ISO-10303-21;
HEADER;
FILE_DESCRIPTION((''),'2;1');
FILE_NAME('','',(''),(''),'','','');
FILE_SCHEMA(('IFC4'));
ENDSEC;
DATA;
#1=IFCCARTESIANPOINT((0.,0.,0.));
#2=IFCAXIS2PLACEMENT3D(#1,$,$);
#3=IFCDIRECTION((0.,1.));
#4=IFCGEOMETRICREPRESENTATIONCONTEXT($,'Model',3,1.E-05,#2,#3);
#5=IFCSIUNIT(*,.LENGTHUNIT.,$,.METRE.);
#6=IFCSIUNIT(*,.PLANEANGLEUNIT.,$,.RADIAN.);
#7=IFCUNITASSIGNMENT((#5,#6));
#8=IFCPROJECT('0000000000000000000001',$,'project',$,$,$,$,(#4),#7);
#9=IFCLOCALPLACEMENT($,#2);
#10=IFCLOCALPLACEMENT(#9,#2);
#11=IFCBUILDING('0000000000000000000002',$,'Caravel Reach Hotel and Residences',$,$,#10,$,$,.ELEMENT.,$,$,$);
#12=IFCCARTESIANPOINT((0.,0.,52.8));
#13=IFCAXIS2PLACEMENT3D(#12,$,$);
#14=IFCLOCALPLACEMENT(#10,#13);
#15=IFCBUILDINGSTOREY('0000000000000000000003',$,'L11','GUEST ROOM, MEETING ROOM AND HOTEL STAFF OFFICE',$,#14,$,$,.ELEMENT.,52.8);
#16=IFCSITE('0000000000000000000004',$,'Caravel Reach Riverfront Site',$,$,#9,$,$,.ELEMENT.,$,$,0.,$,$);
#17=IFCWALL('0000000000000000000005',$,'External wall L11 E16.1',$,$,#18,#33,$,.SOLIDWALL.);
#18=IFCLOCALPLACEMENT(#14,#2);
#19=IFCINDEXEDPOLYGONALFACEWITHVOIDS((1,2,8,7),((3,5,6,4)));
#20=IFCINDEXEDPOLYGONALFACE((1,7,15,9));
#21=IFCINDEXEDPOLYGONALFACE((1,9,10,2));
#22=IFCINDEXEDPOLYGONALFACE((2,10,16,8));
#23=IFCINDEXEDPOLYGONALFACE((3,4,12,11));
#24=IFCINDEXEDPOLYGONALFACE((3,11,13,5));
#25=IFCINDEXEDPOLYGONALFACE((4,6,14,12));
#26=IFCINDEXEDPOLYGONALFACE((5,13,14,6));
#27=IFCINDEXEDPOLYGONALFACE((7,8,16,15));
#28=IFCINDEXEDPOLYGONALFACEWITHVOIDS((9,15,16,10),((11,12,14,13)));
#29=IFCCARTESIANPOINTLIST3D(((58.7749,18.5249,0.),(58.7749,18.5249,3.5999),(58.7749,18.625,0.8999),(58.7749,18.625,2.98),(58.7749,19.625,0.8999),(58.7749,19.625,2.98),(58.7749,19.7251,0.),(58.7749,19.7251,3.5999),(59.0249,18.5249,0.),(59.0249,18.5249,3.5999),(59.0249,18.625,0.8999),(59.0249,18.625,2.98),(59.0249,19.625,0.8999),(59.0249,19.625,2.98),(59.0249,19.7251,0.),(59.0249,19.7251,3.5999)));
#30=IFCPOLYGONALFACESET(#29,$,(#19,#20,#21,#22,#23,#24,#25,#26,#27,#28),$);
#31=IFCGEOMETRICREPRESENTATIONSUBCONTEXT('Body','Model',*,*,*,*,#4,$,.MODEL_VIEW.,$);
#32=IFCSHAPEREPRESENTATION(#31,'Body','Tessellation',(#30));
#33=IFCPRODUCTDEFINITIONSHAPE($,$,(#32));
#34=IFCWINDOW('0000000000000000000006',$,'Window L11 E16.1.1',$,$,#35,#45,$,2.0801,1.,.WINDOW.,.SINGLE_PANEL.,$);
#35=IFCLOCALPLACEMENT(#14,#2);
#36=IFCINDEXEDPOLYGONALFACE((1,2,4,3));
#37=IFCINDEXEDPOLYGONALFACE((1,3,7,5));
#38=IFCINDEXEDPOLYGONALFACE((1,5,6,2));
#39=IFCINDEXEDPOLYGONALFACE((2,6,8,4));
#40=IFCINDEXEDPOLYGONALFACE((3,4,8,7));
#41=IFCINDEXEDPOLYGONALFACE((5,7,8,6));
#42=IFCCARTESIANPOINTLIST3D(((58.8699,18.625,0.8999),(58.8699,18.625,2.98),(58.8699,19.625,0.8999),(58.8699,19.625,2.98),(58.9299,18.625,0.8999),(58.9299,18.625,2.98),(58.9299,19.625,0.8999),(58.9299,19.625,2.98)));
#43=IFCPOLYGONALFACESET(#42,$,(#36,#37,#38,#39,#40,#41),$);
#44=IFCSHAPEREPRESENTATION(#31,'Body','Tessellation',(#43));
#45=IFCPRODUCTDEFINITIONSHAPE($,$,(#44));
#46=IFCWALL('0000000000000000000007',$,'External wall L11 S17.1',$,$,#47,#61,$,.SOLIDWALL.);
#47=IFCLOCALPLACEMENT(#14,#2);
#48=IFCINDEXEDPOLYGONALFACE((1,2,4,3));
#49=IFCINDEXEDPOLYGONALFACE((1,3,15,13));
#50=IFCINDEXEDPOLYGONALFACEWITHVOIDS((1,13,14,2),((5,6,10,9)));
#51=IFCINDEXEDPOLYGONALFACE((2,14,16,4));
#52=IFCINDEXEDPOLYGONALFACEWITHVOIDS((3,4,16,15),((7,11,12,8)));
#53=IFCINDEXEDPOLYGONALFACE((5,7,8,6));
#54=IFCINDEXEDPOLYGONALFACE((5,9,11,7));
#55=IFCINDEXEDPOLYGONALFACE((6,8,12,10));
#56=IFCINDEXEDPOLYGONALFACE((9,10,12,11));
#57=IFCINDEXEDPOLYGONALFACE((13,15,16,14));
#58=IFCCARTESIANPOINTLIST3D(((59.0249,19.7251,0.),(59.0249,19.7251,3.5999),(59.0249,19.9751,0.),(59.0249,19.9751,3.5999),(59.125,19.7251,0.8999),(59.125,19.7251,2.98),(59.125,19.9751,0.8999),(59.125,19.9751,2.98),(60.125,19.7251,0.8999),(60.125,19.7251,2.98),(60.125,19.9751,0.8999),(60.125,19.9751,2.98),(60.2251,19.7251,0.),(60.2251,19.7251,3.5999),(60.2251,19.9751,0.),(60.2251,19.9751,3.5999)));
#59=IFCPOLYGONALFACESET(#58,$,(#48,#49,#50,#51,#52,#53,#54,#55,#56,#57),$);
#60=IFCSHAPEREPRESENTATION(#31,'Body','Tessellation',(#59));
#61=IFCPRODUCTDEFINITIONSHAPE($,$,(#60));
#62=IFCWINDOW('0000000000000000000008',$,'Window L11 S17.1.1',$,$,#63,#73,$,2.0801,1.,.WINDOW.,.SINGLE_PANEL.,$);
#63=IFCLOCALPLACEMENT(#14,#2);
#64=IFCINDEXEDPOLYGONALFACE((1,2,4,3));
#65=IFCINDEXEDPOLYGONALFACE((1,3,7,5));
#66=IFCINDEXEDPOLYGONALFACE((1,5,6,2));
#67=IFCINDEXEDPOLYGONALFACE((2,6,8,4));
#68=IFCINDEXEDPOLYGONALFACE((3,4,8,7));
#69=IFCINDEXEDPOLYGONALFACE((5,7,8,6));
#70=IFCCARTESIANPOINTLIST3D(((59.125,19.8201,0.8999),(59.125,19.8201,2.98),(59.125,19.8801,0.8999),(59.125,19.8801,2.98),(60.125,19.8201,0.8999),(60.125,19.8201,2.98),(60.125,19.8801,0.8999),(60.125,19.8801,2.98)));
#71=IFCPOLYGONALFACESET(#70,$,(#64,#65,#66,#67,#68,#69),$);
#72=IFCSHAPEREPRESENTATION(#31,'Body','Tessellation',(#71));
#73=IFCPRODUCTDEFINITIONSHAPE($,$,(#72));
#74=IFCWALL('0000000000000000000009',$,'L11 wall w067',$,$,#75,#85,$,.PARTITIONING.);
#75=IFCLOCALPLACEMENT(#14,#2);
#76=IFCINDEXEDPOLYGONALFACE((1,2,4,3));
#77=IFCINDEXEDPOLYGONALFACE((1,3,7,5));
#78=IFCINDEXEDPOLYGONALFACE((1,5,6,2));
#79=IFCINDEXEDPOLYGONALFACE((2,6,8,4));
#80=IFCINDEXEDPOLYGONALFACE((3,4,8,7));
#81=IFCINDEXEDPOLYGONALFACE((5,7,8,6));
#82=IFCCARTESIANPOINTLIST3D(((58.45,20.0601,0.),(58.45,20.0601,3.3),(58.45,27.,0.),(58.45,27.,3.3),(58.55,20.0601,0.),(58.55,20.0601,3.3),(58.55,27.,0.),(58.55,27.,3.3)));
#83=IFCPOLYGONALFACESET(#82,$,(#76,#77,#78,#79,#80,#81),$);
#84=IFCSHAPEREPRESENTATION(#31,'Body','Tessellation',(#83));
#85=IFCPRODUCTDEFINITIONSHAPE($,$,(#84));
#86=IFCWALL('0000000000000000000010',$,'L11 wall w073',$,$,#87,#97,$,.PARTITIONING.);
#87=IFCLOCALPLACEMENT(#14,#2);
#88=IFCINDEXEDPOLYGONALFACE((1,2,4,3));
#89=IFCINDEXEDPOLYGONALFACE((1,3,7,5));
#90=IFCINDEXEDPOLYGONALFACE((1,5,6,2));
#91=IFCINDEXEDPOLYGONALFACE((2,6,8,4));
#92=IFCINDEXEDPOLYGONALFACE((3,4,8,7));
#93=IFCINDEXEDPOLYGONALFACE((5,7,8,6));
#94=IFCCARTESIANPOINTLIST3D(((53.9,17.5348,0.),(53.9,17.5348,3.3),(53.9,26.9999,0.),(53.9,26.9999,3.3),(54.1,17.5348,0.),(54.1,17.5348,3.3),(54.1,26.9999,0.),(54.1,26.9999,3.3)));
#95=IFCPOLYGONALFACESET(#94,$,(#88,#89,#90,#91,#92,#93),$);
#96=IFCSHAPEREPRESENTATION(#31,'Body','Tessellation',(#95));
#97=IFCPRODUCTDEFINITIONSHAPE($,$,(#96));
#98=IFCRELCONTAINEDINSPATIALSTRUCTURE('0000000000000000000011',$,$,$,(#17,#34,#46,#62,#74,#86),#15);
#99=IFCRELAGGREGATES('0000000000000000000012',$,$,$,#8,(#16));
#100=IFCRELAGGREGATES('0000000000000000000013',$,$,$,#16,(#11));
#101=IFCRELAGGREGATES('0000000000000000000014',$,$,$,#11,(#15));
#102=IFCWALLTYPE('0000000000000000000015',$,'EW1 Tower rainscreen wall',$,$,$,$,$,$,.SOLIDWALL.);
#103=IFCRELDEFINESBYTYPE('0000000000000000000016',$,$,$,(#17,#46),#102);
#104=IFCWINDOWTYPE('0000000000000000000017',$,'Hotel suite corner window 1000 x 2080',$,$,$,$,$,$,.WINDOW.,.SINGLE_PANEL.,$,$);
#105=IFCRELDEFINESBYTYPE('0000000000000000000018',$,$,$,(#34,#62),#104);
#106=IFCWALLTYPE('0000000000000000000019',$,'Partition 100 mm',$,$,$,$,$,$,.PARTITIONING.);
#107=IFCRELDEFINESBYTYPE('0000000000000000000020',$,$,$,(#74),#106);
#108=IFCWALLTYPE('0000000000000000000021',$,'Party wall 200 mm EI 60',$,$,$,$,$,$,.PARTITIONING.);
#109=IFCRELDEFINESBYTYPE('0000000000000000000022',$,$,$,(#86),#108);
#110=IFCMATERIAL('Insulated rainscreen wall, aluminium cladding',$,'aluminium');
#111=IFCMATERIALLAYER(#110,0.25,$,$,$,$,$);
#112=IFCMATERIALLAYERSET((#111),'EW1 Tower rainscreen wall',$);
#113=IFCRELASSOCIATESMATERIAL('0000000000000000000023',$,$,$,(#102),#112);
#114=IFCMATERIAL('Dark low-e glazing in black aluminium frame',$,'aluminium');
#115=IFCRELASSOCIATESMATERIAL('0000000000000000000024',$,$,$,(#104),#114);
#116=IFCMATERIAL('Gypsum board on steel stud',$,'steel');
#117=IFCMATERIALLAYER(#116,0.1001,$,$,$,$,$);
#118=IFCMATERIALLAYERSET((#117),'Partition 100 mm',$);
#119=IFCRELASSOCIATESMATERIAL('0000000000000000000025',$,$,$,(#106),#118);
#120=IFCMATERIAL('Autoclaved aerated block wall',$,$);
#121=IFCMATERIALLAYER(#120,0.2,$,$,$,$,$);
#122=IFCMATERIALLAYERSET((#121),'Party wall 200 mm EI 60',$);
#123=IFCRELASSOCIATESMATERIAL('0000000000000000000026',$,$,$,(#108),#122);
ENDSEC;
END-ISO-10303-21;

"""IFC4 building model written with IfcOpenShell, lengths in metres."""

from ifc_helpers import new_model, si_unit, direction, frame, frame_2d, origin, place, context, subcontext, project, spatial, rectangle, extrude, material, layer, layer_set, type_object, element, fill, save


model = new_model("IFC4")

# Units and contexts
model_context = context("Model", 3, precision=1e-05, world=origin(), true_north=direction((0.0, 1.0)))
body_context = subcontext(model_context, "Body", "Model", "MODEL_VIEW")
ifc_project = project(units=[si_unit("LENGTHUNIT", "METRE"), si_unit("PLANEANGLEUNIT", "RADIAN")], contexts=[model_context])

# Site, building, storey
site_placement = place(None, origin())
site = spatial("IfcSite", under=ifc_project, at=site_placement, Name="Caravel Reach Riverfront Site", CompositionType="ELEMENT", RefElevation=0.0)
building_placement = place(site_placement, origin())
building = spatial("IfcBuilding", under=site, at=building_placement, Name="Caravel Reach Hotel and Residences", CompositionType="ELEMENT")
storey_placement = place(building_placement, frame((0.0, 0.0, 52.8)))
storey = spatial("IfcBuildingStorey", under=building, at=storey_placement, Name="L11", Description="GUEST ROOM, MEETING ROOM AND HOTEL STAFF OFFICE", CompositionType="ELEMENT", Elevation=52.8)

# Walls, openings, windows
ifc_material_1 = material(Name="Insulated rainscreen wall, aluminium cladding", Category="aluminium")
ifc_layer_1 = layer(ifc_material_1, 0.25)
ifc_layer_set_1 = layer_set([ifc_layer_1], Name="EW1 Tower rainscreen wall")
wall_type_1 = type_object("IfcWallType", Name="EW1 Tower rainscreen wall", PredefinedType="SOLIDWALL", material=ifc_layer_set_1)
wall_1_placement = place(storey_placement, frame((58.8999, 18.5249, 0.0), z_axis=(0.0, 0.0, 1.0), x_axis=(0.0, 1.0, 0.0)))
wall_1 = element("IfcWall", 1, at=wall_1_placement, inside=storey, type_object=wall_type_1, Name="External wall L11 E16.1", PredefinedType="SOLIDWALL", context=body_context, shape_type="SweptSolid", body=[
    extrude(rectangle(XDim=1.2002, YDim=0.25, at=frame_2d((0.6001, 0.0))), origin(), (0.0, 0.0, 1.0), 3.5999),
])
opening_1_placement = place(wall_1_placement, frame((0.1001, 0.0, 0.8999)))
opening_1 = element("IfcOpeningElement", 2, at=opening_1_placement, cuts=wall_1, PredefinedType="OPENING", context=body_context, shape_type="SweptSolid", body=[
    extrude(rectangle(XDim=1.0, YDim=2.0801, at=frame_2d((0.5, 1.04))), frame((0.0, 0.135, 0.0), z_axis=(0.0, -1.0, 0.0), x_axis=(1.0, 0.0, 0.0)), (0.0, 0.0, 1.0), 0.27),
])
ifc_material_2 = material(Name="Dark low-e glazing in black aluminium frame", Category="aluminium")
window_type = type_object("IfcWindowType", Name="Hotel suite corner window 1000 x 2080", PartitioningType="SINGLE_PANEL", PredefinedType="WINDOW", material=ifc_material_2)
window_1_placement = place(opening_1_placement, origin())
window_1 = element("IfcWindow", 3, at=window_1_placement, inside=storey, type_object=window_type, Name="Window L11 E16.1.1", OverallHeight=2.0801, OverallWidth=1.0, PartitioningType="SINGLE_PANEL", PredefinedType="WINDOW", context=body_context, shape_type="SweptSolid", body=[
    extrude(rectangle(XDim=1.0, YDim=2.0801, at=frame_2d((0.5, 1.04))), frame((0.0, 0.03, 0.0), z_axis=(0.0, -1.0, 0.0), x_axis=(1.0, 0.0, 0.0)), (0.0, 0.0, 1.0), 0.0601),
])
fill(opening_1, window_1)
wall_2_placement = place(storey_placement, frame((59.0249, 19.8501, 0.0), z_axis=(0.0, 0.0, 1.0), x_axis=(1.0, 0.0, 0.0)))
wall_2 = element("IfcWall", 4, at=wall_2_placement, inside=storey, type_object=wall_type_1, Name="External wall L11 S17.1", PredefinedType="SOLIDWALL", context=body_context, shape_type="SweptSolid", body=[
    extrude(rectangle(XDim=1.2002, YDim=0.25, at=frame_2d((0.6001, 0.0))), origin(), (0.0, 0.0, 1.0), 3.5999),
])
opening_2_placement = place(wall_2_placement, frame((0.1001, 0.0, 0.8999)))
opening_2 = element("IfcOpeningElement", 5, at=opening_2_placement, cuts=wall_2, PredefinedType="OPENING", context=body_context, shape_type="SweptSolid", body=[
    extrude(rectangle(XDim=1.0, YDim=2.0801, at=frame_2d((0.5, 1.04))), frame((0.0, 0.135, 0.0), z_axis=(0.0, -1.0, 0.0), x_axis=(1.0, 0.0, 0.0)), (0.0, 0.0, 1.0), 0.27),
])
window_2_placement = place(opening_2_placement, origin())
window_2 = element("IfcWindow", 6, at=window_2_placement, inside=storey, type_object=window_type, Name="Window L11 S17.1.1", OverallHeight=2.0801, OverallWidth=1.0, PartitioningType="SINGLE_PANEL", PredefinedType="WINDOW", context=body_context, shape_type="SweptSolid", body=[
    extrude(rectangle(XDim=1.0, YDim=2.0801, at=frame_2d((0.5, 1.04))), frame((0.0, 0.03, 0.0), z_axis=(0.0, -1.0, 0.0), x_axis=(1.0, 0.0, 0.0)), (0.0, 0.0, 1.0), 0.0601),
])
fill(opening_2, window_2)

# Walls
ifc_material_3 = material(Name="Gypsum board on steel stud", Category="steel")
ifc_layer_2 = layer(ifc_material_3, 0.1001)
ifc_layer_set_2 = layer_set([ifc_layer_2], Name="Partition 100 mm")
wall_type_2 = type_object("IfcWallType", Name="Partition 100 mm", PredefinedType="PARTITIONING", material=ifc_layer_set_2)
wall_3_placement = place(storey_placement, frame((58.5, 20.0601, 0.0), z_axis=(0.0, 0.0, 1.0), x_axis=(0.0, 1.0, 0.0)))
element("IfcWall", 7, at=wall_3_placement, inside=storey, type_object=wall_type_2, Name="L11 wall w067", PredefinedType="PARTITIONING", context=body_context, shape_type="SweptSolid", body=[
    extrude(rectangle(XDim=6.9399, YDim=0.1001, at=frame_2d((3.47, 0.0))), origin(), (0.0, 0.0, 1.0), 3.3),
])
ifc_material_4 = material(Name="Autoclaved aerated block wall")
ifc_layer_3 = layer(ifc_material_4, 0.2)
ifc_layer_set_3 = layer_set([ifc_layer_3], Name="Party wall 200 mm EI 60")
wall_type_3 = type_object("IfcWallType", Name="Party wall 200 mm EI 60", PredefinedType="PARTITIONING", material=ifc_layer_set_3)
wall_4_placement = place(storey_placement, frame((54.0, 17.5349, 0.0), z_axis=(0.0, 0.0, 1.0), x_axis=(0.0, 1.0, 0.0)))
element("IfcWall", 8, at=wall_4_placement, inside=storey, type_object=wall_type_3, Name="L11 wall w073", PredefinedType="PARTITIONING", context=body_context, shape_type="SweptSolid", body=[
    extrude(rectangle(XDim=9.4651, YDim=0.2, at=frame_2d((4.7324, 0.0))), origin(), (0.0, 0.0, 1.0), 3.3),
])

save(model, "model.ifc")
